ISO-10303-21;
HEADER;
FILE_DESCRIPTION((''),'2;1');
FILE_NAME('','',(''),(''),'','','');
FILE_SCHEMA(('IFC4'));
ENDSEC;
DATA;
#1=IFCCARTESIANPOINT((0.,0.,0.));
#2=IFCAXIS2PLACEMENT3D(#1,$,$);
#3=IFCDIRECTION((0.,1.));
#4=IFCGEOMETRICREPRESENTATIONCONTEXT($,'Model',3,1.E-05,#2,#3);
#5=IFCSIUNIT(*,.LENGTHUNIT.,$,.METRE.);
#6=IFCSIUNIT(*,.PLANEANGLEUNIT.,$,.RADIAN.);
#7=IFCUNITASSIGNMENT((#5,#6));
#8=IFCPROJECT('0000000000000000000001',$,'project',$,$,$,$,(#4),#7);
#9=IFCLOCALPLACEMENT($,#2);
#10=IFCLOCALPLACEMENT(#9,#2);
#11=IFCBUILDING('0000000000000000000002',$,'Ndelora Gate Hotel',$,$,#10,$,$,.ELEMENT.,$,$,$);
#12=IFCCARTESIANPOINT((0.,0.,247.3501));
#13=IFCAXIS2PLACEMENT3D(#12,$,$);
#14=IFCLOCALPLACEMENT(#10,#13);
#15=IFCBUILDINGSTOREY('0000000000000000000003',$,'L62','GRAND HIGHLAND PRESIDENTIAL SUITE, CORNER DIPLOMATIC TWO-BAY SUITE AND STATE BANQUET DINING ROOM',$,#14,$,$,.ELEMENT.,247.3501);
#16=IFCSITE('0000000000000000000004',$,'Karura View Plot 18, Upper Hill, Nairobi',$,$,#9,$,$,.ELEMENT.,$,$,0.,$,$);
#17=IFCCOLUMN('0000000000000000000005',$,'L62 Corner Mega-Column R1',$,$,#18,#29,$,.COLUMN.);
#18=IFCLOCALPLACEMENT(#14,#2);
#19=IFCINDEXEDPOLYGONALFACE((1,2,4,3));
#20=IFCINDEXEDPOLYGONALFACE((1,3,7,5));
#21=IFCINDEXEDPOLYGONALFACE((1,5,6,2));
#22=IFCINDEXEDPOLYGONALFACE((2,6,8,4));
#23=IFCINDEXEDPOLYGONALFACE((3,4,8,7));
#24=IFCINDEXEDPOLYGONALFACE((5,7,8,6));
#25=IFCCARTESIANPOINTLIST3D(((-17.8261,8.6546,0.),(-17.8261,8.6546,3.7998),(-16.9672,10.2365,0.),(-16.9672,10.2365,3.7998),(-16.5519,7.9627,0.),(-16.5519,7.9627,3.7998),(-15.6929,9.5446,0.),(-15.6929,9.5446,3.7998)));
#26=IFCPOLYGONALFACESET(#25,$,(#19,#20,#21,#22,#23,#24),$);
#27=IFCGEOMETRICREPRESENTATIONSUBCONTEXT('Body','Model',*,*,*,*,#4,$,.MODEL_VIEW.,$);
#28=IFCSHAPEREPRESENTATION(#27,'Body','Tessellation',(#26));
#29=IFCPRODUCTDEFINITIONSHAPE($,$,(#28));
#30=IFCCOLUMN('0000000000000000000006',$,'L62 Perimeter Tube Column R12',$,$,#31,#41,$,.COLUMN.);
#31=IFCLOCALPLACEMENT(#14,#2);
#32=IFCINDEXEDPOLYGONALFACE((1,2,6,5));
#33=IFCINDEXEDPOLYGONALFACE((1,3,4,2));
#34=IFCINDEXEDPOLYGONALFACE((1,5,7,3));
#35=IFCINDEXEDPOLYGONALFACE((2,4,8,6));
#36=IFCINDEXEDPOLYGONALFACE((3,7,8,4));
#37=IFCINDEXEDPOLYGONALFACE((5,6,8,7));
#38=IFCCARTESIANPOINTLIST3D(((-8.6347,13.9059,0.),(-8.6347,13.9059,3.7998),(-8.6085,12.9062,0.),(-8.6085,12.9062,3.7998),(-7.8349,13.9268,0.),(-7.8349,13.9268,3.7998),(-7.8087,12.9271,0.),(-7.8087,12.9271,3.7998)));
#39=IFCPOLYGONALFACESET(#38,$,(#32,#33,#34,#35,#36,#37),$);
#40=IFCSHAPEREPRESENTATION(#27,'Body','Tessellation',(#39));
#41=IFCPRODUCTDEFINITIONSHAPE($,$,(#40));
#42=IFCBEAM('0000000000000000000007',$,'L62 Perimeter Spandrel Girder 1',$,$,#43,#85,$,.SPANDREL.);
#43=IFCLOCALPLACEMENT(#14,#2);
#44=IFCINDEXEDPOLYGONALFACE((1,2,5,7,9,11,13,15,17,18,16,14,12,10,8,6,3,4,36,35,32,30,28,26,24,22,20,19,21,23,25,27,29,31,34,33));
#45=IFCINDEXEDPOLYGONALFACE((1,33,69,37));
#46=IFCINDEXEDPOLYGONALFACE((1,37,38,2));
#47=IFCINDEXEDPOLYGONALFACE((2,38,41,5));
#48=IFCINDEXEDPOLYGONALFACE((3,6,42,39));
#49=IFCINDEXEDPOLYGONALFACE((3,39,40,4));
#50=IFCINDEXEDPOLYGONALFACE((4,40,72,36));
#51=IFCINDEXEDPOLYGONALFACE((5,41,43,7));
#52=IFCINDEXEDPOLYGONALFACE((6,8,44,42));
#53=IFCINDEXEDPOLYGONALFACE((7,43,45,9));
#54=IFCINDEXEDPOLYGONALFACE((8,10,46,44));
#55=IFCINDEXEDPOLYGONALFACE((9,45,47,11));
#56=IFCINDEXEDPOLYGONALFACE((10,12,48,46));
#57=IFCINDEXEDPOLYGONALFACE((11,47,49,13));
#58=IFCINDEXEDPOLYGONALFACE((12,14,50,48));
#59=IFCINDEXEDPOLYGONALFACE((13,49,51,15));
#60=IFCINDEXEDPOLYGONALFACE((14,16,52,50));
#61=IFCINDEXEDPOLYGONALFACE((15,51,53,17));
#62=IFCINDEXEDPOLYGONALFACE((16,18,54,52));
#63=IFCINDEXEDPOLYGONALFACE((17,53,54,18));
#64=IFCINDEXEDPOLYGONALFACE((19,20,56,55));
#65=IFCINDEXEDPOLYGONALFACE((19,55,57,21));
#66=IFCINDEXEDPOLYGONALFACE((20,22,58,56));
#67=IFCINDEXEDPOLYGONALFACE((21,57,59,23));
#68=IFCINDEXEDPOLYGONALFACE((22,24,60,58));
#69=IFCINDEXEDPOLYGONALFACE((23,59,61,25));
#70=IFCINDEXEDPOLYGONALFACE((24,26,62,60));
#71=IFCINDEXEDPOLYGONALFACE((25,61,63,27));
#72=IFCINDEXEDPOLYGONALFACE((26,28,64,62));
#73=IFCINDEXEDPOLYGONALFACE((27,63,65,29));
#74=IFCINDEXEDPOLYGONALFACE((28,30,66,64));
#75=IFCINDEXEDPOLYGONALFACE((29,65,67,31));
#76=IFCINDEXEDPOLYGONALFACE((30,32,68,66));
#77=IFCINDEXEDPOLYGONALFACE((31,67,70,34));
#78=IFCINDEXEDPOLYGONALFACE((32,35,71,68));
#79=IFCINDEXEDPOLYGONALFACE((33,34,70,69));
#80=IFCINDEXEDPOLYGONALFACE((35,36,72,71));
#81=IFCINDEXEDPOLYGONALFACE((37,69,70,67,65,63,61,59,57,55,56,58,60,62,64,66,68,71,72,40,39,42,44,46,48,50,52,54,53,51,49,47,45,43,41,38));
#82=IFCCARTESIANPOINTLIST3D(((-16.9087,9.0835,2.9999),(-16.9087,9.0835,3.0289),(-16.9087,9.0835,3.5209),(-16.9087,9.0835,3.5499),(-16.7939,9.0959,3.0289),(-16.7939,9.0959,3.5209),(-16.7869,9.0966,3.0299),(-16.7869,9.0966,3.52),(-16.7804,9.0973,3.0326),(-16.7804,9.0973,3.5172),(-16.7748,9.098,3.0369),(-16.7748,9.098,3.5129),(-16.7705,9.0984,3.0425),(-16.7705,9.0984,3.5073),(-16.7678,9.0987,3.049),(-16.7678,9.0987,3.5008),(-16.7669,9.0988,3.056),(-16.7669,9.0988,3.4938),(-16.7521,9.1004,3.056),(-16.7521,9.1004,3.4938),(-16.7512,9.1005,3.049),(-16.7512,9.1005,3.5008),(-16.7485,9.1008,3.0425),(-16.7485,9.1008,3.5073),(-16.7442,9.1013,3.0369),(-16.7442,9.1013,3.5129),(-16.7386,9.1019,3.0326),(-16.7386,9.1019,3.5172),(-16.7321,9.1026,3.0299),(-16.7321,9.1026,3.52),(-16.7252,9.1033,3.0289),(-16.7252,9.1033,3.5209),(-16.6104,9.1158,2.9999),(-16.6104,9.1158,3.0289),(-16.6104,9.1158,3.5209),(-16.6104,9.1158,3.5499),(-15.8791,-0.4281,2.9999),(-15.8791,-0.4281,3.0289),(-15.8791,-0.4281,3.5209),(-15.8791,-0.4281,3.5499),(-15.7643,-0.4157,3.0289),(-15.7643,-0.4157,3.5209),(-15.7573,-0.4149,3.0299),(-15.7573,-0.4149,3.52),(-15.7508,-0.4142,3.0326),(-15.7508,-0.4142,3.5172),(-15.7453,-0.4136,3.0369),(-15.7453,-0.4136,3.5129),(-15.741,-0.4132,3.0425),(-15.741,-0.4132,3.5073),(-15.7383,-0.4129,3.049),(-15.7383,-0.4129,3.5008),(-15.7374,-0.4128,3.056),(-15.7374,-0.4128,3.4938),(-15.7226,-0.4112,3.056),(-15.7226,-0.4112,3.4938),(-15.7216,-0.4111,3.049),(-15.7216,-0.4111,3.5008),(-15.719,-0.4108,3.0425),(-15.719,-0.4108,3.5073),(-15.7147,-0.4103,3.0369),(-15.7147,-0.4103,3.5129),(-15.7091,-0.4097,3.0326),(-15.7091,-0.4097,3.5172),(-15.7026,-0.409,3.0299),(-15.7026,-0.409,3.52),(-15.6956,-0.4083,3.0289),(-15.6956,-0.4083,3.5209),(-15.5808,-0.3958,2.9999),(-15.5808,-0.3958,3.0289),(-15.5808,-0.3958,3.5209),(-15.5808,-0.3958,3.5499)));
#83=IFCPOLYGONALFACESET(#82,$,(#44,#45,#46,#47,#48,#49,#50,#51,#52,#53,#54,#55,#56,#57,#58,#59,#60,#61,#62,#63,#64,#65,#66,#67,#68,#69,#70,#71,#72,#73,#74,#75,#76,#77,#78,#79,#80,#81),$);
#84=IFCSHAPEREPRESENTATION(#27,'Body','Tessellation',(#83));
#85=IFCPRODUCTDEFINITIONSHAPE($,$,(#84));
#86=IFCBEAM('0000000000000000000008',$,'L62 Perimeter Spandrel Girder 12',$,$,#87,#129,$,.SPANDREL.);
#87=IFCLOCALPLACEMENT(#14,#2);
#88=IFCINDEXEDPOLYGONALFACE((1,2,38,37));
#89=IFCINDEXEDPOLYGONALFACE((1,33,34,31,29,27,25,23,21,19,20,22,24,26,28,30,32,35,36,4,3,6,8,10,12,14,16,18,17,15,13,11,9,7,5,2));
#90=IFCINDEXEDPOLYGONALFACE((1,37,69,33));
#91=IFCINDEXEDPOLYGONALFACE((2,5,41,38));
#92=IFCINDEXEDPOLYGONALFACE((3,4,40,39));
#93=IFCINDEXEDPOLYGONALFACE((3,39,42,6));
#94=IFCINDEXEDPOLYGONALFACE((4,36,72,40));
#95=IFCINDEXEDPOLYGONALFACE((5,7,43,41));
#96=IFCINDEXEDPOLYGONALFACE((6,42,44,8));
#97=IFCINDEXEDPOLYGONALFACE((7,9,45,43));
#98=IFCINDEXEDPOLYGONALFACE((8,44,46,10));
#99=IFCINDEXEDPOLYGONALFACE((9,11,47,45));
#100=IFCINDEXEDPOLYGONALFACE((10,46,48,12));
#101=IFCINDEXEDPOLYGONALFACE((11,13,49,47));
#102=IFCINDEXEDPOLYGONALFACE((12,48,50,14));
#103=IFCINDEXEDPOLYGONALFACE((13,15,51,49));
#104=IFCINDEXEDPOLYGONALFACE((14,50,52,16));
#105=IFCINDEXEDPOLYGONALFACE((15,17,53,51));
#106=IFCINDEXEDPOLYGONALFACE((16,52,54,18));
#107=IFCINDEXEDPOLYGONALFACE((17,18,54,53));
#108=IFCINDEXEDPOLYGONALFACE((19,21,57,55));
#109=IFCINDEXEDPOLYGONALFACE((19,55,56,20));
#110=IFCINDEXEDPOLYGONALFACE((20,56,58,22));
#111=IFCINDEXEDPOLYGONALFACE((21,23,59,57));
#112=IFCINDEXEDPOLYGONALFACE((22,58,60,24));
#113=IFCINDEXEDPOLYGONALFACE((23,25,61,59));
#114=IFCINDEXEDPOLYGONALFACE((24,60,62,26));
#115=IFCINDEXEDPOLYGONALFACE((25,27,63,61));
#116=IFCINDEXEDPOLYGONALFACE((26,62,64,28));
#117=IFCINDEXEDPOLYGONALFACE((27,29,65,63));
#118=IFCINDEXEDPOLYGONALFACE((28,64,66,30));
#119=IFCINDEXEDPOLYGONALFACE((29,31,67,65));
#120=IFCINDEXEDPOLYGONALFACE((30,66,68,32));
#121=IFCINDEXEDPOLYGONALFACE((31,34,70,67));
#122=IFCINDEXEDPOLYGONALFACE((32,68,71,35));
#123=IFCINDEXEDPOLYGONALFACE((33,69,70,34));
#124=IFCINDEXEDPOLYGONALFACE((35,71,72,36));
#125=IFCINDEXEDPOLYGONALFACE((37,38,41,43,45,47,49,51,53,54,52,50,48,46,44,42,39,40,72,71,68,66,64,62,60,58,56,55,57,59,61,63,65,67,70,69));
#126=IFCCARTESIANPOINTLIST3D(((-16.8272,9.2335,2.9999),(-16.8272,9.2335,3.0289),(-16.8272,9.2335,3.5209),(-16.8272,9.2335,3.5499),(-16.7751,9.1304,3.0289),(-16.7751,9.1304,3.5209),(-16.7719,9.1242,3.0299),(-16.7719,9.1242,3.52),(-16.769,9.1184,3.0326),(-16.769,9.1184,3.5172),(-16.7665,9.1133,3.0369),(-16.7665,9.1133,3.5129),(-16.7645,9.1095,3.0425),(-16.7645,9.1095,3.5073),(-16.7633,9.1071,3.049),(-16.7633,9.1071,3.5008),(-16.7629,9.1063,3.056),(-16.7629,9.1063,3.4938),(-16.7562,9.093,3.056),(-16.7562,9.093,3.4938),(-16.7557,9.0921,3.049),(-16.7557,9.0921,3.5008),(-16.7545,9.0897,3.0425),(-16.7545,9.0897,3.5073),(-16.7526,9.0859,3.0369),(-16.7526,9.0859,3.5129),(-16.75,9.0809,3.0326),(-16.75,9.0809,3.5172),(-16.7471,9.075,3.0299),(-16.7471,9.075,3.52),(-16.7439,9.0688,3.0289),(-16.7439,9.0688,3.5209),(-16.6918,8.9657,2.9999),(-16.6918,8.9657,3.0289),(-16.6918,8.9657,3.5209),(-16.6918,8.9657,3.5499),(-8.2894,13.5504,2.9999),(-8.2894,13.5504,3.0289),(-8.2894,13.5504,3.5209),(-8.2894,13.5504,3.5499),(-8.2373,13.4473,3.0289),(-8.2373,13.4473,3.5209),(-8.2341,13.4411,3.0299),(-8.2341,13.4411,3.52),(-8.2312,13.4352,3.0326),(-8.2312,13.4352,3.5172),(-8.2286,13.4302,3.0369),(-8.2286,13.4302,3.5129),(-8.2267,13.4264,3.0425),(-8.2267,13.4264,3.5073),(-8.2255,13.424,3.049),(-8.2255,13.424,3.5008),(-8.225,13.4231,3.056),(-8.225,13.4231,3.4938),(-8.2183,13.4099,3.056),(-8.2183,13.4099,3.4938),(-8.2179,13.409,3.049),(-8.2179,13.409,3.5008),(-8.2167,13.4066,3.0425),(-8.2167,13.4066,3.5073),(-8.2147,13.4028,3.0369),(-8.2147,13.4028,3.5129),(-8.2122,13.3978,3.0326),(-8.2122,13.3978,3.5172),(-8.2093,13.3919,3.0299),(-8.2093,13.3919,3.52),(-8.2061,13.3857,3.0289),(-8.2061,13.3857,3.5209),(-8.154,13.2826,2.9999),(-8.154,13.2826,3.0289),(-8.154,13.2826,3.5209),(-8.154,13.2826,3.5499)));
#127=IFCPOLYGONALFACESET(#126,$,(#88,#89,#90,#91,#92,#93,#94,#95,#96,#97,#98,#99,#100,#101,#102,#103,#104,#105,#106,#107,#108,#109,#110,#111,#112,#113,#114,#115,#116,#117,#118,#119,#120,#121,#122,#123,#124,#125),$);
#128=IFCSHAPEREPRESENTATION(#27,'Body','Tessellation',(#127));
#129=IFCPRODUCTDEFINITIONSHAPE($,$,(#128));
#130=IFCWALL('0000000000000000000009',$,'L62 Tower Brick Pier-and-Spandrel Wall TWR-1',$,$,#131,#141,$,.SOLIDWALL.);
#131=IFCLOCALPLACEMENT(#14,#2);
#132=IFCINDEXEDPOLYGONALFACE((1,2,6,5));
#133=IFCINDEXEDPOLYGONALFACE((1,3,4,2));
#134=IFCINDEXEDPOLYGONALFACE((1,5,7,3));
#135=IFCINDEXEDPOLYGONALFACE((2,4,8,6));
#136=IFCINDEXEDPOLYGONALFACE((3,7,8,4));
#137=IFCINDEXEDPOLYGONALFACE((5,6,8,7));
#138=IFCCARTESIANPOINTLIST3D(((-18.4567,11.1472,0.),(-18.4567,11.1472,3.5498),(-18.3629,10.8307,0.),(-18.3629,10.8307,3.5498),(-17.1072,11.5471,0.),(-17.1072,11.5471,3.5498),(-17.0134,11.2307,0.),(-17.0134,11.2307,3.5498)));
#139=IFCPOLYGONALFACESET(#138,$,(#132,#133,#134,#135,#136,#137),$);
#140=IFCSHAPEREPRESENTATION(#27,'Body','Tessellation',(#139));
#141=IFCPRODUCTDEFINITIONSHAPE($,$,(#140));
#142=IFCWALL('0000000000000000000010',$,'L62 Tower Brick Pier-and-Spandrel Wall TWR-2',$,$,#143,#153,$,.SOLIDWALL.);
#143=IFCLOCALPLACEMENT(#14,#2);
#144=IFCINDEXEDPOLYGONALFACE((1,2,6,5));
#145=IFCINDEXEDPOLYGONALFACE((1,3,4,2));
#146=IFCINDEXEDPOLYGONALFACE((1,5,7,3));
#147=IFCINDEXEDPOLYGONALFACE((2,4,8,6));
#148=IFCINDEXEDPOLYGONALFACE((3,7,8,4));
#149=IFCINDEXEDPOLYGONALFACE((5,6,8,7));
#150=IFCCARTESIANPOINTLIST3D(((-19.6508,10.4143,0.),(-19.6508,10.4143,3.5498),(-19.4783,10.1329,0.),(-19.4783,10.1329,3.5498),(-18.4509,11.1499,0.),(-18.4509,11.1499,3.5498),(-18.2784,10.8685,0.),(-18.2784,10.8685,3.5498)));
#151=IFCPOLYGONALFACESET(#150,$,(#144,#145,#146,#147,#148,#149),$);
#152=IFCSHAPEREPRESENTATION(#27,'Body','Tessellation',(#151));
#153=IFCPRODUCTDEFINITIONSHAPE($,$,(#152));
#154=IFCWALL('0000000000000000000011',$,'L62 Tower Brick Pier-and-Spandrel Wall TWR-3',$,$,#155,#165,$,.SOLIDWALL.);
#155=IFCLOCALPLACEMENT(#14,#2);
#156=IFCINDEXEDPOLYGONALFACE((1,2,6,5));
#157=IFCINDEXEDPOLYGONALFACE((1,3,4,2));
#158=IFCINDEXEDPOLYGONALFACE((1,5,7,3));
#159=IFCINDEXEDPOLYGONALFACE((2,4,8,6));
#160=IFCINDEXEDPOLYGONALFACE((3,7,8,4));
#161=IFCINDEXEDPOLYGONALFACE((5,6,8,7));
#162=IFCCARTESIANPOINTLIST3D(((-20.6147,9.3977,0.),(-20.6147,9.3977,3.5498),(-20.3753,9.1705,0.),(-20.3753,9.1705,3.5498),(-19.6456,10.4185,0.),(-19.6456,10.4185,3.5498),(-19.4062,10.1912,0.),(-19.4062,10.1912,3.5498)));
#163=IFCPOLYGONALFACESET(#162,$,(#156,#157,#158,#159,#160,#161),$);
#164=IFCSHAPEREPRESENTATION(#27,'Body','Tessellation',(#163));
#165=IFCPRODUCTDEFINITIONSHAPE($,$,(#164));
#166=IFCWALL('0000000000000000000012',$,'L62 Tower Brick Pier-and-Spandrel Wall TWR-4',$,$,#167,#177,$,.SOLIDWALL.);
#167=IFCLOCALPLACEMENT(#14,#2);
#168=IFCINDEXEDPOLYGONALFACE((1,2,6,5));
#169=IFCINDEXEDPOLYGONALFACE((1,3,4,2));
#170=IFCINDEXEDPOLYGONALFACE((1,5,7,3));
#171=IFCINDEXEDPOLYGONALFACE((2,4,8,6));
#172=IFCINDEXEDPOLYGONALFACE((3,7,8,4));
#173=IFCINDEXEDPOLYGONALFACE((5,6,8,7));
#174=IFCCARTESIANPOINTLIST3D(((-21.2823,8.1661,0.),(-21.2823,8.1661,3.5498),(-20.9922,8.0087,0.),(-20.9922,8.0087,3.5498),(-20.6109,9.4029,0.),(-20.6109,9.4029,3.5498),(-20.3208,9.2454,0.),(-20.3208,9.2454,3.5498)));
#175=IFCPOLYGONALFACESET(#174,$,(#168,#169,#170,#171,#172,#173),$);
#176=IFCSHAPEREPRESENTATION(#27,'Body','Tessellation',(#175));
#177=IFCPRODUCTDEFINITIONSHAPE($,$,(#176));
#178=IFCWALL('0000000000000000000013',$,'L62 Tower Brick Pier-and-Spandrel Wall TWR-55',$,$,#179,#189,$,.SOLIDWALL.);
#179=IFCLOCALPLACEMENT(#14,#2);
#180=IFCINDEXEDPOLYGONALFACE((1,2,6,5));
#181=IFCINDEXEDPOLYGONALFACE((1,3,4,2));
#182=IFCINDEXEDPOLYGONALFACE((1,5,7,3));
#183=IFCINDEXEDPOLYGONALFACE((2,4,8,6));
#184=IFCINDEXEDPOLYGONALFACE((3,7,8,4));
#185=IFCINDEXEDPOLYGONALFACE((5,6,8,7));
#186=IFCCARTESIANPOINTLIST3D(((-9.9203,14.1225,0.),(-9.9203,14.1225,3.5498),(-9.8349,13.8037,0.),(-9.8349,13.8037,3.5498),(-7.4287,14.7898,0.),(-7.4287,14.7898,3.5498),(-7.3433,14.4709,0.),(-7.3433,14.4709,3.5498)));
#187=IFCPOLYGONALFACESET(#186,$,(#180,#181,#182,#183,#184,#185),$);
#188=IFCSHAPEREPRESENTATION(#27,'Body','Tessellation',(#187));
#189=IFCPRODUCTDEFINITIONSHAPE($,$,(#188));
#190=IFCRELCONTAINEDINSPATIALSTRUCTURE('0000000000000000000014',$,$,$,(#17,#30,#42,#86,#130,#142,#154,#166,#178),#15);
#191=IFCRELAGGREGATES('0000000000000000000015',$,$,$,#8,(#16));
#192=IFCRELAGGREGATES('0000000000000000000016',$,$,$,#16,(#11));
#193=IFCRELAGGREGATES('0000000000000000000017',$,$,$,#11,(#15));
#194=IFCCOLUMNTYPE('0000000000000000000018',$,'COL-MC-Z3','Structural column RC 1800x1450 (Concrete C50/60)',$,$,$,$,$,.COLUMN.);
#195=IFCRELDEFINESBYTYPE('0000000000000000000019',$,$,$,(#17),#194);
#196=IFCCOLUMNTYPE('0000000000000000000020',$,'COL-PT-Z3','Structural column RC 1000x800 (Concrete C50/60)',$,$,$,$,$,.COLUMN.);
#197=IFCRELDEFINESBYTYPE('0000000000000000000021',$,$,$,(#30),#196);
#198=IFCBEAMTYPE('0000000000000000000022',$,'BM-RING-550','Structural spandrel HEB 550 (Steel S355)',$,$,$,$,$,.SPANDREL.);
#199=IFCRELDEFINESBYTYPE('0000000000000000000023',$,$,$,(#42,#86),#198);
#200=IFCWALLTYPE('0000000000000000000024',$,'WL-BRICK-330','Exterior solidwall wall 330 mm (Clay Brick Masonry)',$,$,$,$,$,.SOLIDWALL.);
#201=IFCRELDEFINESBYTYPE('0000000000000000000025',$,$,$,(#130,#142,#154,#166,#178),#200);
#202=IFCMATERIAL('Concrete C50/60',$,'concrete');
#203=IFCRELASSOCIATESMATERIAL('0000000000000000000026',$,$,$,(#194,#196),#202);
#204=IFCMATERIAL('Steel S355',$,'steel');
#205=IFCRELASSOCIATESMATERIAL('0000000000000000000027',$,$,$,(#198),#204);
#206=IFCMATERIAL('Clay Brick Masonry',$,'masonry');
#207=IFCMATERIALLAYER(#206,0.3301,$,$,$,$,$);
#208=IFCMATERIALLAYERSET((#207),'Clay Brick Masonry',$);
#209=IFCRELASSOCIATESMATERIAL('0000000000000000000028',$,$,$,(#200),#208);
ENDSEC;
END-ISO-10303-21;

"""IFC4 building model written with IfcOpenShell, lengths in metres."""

from ifc_helpers import new_model, si_unit, direction, frame, frame_2d, origin, origin_2d, place, context, subcontext, project, spatial, rectangle, i_section, extrude, material, layer, layer_set, material_profile, profile_set, type_object, element, save


model = new_model("IFC4")

# Units and contexts
model_context = context("Model", 3, precision=1e-05, world=origin(), true_north=direction((0.0, 1.0)))
body_context = subcontext(model_context, "Body", "Model", "MODEL_VIEW")
ifc_project = project(units=[si_unit("LENGTHUNIT", "METRE"), si_unit("PLANEANGLEUNIT", "RADIAN")], contexts=[model_context])

# Site, building, storey
site_placement = place(None, origin())
site = spatial("IfcSite", under=ifc_project, at=site_placement, Name="Karura View Plot 18, Upper Hill, Nairobi", CompositionType="ELEMENT", RefElevation=0.0)
building_placement = place(site_placement, origin())
building = spatial("IfcBuilding", under=site, at=building_placement, Name="Ndelora Gate Hotel", CompositionType="ELEMENT")
storey_placement = place(building_placement, frame((0.0, 0.0, 247.3501)))
storey = spatial("IfcBuildingStorey", under=building, at=storey_placement, Name="L62", Description="GRAND HIGHLAND PRESIDENTIAL SUITE, CORNER DIPLOMATIC TWO-BAY SUITE AND STATE BANQUET DINING ROOM", CompositionType="ELEMENT", Elevation=247.3501)

# Columns
ifc_material_1 = material(Name="Concrete C50/60", Category="concrete")
ifc_material_profile_1 = material_profile(ifc_material_1, rectangle(XDim=1.45, YDim=1.8, at=origin_2d()), Name="RC 1800x1450")
ifc_profile_set_1 = profile_set([ifc_material_profile_1], Name="Concrete C50/60")
column_type_1 = type_object("IfcColumnType", Name="COL-MC-Z3", Description="Structural column RC 1800x1450 (Concrete C50/60)", PredefinedType="COLUMN", material=ifc_profile_set_1)
column_1_placement = place(storey_placement, frame((-16.7595, 9.0996, 0.0), z_axis=(0.0, 0.0, 1.0), x_axis=(-0.878817, 0.477159, 0.0)))
element("IfcColumn", 1, at=column_1_placement, inside=storey, type_object=column_type_1, Name="L62 Corner Mega-Column R1", PredefinedType="COLUMN", context=body_context, shape_type="SweptSolid", body=[
    extrude(rectangle(XDim=1.45, YDim=1.8, at=origin_2d()), origin(), (0.0, 0.0, 1.0), 3.7998),
])
ifc_material_profile_2 = material_profile(ifc_material_1, rectangle(XDim=0.8, YDim=1.0, at=origin_2d()), Name="RC 1000x800")
ifc_profile_set_2 = profile_set([ifc_material_profile_2], Name="Concrete C50/60")
column_type_2 = type_object("IfcColumnType", Name="COL-PT-Z3", Description="Structural column RC 1000x800 (Concrete C50/60)", PredefinedType="COLUMN", material=ifc_profile_set_2)
column_2_placement = place(storey_placement, frame((-8.2217, 13.4165, 0.0), z_axis=(0.0, 0.0, 1.0), x_axis=(0.999657, 0.026177, 0.0)))
element("IfcColumn", 2, at=column_2_placement, inside=storey, type_object=column_type_2, Name="L62 Perimeter Tube Column R12", PredefinedType="COLUMN", context=body_context, shape_type="SweptSolid", body=[
    extrude(rectangle(XDim=0.8, YDim=1.0, at=origin_2d()), origin(), (0.0, 0.0, 1.0), 3.7998),
])

# Beams
ifc_material_2 = material(Name="Steel S355", Category="steel")
ifc_material_profile_3 = material_profile(ifc_material_2, i_section(OverallWidth=0.3, OverallDepth=0.55, WebThickness=0.0149, FlangeThickness=0.0291, FilletRadius=0.0271, at=origin_2d()), Name="HEB 550")
ifc_profile_set_3 = profile_set([ifc_material_profile_3], Name="Steel S355")
beam_type = type_object("IfcBeamType", Name="BM-RING-550", Description="Structural spandrel HEB 550 (Steel S355)", PredefinedType="SPANDREL", material=ifc_profile_set_3)
for number, where, z_axis, x_axis, name in (
    (3, (-16.7595, 9.0996, 3.2749), (0.107613, -0.994193, 0.0), (0.994193, 0.107613, 0.0), "L62 Perimeter Spandrel Girder 1"),
    (4, (-8.2217, 13.4165, 3.2749), (-0.892412, -0.451221, 0.0), (0.451221, -0.892412, 0.0), "L62 Perimeter Spandrel Girder 12"),
):
    element("IfcBeam", number, at=place(storey_placement, frame(where, z_axis=z_axis, x_axis=x_axis)), inside=storey, type_object=beam_type, Name=name, PredefinedType="SPANDREL", context=body_context, shape_type="SweptSolid", body=[
        extrude(i_section(OverallWidth=0.3, OverallDepth=0.55, WebThickness=0.0149, FlangeThickness=0.0291, FilletRadius=0.0271, at=origin_2d()), origin(), (0.0, 0.0, 1.0), 9.5671),
    ])

# Walls
ifc_material_3 = material(Name="Clay Brick Masonry", Category="masonry")
ifc_layer_1 = layer(ifc_material_3, 0.3301)
ifc_layer_set_1 = layer_set([ifc_layer_1], Name="Clay Brick Masonry")
wall_type_1 = type_object("IfcWallType", Name="WL-BRICK-330", Description="Exterior solidwall wall 330 mm (Clay Brick Masonry)", PredefinedType="SOLIDWALL", material=ifc_layer_set_1)
for number, where, z_axis, x_axis, name in (
    (5, (-18.4097, 10.989, 0.0), (0.0, 0.0, 1.0), (0.958781, 0.284147, 0.0), "L62 Tower Brick Pier-and-Spandrel Wall TWR-1"),
    (6, (-19.5645, 10.2737, 0.0), (0.0, 0.0, 1.0), (0.852556, 0.522635, 0.0), "L62 Tower Brick Pier-and-Spandrel Wall TWR-2"),
    (7, (-20.4949, 9.2842, 0.0), (0.0, 0.0, 1.0), (0.68848, 0.725255, 0.0), "L62 Tower Brick Pier-and-Spandrel Wall TWR-3"),
):
    element("IfcWall", number, at=place(storey_placement, frame(where, z_axis=z_axis, x_axis=x_axis)), inside=storey, type_object=wall_type_1, Name=name, PredefinedType="SOLIDWALL", context=body_context, shape_type="SweptSolid", body=[
        extrude(rectangle(XDim=1.4075, YDim=0.3301, at=frame_2d((0.7036, 0.0))), origin(), (0.0, 0.0, 1.0), 3.5498),
    ])
wall_1_placement = place(storey_placement, frame((-21.1372, 8.0874, 0.0), z_axis=(0.0, 0.0, 1.0), x_axis=(0.477077, 0.878862, 0.0)))
element("IfcWall", 8, at=wall_1_placement, inside=storey, type_object=wall_type_1, Name="L62 Tower Brick Pier-and-Spandrel Wall TWR-4", PredefinedType="SOLIDWALL", context=body_context, shape_type="SweptSolid", body=[
    extrude(rectangle(XDim=1.4072, YDim=0.3301, at=frame_2d((0.7036, 0.0))), origin(), (0.0, 0.0, 1.0), 3.5498),
])
wall_2_placement = place(storey_placement, frame((-9.8774, 13.9631, 0.0), z_axis=(0.0, 0.0, 1.0), x_axis=(0.965959, 0.258694, 0.0)))
element("IfcWall", 9, at=wall_2_placement, inside=storey, type_object=wall_type_1, Name="L62 Tower Brick Pier-and-Spandrel Wall TWR-55", PredefinedType="SOLIDWALL", context=body_context, shape_type="SweptSolid", body=[
    extrude(rectangle(XDim=2.5793, YDim=0.3301, at=frame_2d((1.2896, 0.0))), origin(), (0.0, 0.0, 1.0), 3.5498),
])

save(model, "model.ifc")
